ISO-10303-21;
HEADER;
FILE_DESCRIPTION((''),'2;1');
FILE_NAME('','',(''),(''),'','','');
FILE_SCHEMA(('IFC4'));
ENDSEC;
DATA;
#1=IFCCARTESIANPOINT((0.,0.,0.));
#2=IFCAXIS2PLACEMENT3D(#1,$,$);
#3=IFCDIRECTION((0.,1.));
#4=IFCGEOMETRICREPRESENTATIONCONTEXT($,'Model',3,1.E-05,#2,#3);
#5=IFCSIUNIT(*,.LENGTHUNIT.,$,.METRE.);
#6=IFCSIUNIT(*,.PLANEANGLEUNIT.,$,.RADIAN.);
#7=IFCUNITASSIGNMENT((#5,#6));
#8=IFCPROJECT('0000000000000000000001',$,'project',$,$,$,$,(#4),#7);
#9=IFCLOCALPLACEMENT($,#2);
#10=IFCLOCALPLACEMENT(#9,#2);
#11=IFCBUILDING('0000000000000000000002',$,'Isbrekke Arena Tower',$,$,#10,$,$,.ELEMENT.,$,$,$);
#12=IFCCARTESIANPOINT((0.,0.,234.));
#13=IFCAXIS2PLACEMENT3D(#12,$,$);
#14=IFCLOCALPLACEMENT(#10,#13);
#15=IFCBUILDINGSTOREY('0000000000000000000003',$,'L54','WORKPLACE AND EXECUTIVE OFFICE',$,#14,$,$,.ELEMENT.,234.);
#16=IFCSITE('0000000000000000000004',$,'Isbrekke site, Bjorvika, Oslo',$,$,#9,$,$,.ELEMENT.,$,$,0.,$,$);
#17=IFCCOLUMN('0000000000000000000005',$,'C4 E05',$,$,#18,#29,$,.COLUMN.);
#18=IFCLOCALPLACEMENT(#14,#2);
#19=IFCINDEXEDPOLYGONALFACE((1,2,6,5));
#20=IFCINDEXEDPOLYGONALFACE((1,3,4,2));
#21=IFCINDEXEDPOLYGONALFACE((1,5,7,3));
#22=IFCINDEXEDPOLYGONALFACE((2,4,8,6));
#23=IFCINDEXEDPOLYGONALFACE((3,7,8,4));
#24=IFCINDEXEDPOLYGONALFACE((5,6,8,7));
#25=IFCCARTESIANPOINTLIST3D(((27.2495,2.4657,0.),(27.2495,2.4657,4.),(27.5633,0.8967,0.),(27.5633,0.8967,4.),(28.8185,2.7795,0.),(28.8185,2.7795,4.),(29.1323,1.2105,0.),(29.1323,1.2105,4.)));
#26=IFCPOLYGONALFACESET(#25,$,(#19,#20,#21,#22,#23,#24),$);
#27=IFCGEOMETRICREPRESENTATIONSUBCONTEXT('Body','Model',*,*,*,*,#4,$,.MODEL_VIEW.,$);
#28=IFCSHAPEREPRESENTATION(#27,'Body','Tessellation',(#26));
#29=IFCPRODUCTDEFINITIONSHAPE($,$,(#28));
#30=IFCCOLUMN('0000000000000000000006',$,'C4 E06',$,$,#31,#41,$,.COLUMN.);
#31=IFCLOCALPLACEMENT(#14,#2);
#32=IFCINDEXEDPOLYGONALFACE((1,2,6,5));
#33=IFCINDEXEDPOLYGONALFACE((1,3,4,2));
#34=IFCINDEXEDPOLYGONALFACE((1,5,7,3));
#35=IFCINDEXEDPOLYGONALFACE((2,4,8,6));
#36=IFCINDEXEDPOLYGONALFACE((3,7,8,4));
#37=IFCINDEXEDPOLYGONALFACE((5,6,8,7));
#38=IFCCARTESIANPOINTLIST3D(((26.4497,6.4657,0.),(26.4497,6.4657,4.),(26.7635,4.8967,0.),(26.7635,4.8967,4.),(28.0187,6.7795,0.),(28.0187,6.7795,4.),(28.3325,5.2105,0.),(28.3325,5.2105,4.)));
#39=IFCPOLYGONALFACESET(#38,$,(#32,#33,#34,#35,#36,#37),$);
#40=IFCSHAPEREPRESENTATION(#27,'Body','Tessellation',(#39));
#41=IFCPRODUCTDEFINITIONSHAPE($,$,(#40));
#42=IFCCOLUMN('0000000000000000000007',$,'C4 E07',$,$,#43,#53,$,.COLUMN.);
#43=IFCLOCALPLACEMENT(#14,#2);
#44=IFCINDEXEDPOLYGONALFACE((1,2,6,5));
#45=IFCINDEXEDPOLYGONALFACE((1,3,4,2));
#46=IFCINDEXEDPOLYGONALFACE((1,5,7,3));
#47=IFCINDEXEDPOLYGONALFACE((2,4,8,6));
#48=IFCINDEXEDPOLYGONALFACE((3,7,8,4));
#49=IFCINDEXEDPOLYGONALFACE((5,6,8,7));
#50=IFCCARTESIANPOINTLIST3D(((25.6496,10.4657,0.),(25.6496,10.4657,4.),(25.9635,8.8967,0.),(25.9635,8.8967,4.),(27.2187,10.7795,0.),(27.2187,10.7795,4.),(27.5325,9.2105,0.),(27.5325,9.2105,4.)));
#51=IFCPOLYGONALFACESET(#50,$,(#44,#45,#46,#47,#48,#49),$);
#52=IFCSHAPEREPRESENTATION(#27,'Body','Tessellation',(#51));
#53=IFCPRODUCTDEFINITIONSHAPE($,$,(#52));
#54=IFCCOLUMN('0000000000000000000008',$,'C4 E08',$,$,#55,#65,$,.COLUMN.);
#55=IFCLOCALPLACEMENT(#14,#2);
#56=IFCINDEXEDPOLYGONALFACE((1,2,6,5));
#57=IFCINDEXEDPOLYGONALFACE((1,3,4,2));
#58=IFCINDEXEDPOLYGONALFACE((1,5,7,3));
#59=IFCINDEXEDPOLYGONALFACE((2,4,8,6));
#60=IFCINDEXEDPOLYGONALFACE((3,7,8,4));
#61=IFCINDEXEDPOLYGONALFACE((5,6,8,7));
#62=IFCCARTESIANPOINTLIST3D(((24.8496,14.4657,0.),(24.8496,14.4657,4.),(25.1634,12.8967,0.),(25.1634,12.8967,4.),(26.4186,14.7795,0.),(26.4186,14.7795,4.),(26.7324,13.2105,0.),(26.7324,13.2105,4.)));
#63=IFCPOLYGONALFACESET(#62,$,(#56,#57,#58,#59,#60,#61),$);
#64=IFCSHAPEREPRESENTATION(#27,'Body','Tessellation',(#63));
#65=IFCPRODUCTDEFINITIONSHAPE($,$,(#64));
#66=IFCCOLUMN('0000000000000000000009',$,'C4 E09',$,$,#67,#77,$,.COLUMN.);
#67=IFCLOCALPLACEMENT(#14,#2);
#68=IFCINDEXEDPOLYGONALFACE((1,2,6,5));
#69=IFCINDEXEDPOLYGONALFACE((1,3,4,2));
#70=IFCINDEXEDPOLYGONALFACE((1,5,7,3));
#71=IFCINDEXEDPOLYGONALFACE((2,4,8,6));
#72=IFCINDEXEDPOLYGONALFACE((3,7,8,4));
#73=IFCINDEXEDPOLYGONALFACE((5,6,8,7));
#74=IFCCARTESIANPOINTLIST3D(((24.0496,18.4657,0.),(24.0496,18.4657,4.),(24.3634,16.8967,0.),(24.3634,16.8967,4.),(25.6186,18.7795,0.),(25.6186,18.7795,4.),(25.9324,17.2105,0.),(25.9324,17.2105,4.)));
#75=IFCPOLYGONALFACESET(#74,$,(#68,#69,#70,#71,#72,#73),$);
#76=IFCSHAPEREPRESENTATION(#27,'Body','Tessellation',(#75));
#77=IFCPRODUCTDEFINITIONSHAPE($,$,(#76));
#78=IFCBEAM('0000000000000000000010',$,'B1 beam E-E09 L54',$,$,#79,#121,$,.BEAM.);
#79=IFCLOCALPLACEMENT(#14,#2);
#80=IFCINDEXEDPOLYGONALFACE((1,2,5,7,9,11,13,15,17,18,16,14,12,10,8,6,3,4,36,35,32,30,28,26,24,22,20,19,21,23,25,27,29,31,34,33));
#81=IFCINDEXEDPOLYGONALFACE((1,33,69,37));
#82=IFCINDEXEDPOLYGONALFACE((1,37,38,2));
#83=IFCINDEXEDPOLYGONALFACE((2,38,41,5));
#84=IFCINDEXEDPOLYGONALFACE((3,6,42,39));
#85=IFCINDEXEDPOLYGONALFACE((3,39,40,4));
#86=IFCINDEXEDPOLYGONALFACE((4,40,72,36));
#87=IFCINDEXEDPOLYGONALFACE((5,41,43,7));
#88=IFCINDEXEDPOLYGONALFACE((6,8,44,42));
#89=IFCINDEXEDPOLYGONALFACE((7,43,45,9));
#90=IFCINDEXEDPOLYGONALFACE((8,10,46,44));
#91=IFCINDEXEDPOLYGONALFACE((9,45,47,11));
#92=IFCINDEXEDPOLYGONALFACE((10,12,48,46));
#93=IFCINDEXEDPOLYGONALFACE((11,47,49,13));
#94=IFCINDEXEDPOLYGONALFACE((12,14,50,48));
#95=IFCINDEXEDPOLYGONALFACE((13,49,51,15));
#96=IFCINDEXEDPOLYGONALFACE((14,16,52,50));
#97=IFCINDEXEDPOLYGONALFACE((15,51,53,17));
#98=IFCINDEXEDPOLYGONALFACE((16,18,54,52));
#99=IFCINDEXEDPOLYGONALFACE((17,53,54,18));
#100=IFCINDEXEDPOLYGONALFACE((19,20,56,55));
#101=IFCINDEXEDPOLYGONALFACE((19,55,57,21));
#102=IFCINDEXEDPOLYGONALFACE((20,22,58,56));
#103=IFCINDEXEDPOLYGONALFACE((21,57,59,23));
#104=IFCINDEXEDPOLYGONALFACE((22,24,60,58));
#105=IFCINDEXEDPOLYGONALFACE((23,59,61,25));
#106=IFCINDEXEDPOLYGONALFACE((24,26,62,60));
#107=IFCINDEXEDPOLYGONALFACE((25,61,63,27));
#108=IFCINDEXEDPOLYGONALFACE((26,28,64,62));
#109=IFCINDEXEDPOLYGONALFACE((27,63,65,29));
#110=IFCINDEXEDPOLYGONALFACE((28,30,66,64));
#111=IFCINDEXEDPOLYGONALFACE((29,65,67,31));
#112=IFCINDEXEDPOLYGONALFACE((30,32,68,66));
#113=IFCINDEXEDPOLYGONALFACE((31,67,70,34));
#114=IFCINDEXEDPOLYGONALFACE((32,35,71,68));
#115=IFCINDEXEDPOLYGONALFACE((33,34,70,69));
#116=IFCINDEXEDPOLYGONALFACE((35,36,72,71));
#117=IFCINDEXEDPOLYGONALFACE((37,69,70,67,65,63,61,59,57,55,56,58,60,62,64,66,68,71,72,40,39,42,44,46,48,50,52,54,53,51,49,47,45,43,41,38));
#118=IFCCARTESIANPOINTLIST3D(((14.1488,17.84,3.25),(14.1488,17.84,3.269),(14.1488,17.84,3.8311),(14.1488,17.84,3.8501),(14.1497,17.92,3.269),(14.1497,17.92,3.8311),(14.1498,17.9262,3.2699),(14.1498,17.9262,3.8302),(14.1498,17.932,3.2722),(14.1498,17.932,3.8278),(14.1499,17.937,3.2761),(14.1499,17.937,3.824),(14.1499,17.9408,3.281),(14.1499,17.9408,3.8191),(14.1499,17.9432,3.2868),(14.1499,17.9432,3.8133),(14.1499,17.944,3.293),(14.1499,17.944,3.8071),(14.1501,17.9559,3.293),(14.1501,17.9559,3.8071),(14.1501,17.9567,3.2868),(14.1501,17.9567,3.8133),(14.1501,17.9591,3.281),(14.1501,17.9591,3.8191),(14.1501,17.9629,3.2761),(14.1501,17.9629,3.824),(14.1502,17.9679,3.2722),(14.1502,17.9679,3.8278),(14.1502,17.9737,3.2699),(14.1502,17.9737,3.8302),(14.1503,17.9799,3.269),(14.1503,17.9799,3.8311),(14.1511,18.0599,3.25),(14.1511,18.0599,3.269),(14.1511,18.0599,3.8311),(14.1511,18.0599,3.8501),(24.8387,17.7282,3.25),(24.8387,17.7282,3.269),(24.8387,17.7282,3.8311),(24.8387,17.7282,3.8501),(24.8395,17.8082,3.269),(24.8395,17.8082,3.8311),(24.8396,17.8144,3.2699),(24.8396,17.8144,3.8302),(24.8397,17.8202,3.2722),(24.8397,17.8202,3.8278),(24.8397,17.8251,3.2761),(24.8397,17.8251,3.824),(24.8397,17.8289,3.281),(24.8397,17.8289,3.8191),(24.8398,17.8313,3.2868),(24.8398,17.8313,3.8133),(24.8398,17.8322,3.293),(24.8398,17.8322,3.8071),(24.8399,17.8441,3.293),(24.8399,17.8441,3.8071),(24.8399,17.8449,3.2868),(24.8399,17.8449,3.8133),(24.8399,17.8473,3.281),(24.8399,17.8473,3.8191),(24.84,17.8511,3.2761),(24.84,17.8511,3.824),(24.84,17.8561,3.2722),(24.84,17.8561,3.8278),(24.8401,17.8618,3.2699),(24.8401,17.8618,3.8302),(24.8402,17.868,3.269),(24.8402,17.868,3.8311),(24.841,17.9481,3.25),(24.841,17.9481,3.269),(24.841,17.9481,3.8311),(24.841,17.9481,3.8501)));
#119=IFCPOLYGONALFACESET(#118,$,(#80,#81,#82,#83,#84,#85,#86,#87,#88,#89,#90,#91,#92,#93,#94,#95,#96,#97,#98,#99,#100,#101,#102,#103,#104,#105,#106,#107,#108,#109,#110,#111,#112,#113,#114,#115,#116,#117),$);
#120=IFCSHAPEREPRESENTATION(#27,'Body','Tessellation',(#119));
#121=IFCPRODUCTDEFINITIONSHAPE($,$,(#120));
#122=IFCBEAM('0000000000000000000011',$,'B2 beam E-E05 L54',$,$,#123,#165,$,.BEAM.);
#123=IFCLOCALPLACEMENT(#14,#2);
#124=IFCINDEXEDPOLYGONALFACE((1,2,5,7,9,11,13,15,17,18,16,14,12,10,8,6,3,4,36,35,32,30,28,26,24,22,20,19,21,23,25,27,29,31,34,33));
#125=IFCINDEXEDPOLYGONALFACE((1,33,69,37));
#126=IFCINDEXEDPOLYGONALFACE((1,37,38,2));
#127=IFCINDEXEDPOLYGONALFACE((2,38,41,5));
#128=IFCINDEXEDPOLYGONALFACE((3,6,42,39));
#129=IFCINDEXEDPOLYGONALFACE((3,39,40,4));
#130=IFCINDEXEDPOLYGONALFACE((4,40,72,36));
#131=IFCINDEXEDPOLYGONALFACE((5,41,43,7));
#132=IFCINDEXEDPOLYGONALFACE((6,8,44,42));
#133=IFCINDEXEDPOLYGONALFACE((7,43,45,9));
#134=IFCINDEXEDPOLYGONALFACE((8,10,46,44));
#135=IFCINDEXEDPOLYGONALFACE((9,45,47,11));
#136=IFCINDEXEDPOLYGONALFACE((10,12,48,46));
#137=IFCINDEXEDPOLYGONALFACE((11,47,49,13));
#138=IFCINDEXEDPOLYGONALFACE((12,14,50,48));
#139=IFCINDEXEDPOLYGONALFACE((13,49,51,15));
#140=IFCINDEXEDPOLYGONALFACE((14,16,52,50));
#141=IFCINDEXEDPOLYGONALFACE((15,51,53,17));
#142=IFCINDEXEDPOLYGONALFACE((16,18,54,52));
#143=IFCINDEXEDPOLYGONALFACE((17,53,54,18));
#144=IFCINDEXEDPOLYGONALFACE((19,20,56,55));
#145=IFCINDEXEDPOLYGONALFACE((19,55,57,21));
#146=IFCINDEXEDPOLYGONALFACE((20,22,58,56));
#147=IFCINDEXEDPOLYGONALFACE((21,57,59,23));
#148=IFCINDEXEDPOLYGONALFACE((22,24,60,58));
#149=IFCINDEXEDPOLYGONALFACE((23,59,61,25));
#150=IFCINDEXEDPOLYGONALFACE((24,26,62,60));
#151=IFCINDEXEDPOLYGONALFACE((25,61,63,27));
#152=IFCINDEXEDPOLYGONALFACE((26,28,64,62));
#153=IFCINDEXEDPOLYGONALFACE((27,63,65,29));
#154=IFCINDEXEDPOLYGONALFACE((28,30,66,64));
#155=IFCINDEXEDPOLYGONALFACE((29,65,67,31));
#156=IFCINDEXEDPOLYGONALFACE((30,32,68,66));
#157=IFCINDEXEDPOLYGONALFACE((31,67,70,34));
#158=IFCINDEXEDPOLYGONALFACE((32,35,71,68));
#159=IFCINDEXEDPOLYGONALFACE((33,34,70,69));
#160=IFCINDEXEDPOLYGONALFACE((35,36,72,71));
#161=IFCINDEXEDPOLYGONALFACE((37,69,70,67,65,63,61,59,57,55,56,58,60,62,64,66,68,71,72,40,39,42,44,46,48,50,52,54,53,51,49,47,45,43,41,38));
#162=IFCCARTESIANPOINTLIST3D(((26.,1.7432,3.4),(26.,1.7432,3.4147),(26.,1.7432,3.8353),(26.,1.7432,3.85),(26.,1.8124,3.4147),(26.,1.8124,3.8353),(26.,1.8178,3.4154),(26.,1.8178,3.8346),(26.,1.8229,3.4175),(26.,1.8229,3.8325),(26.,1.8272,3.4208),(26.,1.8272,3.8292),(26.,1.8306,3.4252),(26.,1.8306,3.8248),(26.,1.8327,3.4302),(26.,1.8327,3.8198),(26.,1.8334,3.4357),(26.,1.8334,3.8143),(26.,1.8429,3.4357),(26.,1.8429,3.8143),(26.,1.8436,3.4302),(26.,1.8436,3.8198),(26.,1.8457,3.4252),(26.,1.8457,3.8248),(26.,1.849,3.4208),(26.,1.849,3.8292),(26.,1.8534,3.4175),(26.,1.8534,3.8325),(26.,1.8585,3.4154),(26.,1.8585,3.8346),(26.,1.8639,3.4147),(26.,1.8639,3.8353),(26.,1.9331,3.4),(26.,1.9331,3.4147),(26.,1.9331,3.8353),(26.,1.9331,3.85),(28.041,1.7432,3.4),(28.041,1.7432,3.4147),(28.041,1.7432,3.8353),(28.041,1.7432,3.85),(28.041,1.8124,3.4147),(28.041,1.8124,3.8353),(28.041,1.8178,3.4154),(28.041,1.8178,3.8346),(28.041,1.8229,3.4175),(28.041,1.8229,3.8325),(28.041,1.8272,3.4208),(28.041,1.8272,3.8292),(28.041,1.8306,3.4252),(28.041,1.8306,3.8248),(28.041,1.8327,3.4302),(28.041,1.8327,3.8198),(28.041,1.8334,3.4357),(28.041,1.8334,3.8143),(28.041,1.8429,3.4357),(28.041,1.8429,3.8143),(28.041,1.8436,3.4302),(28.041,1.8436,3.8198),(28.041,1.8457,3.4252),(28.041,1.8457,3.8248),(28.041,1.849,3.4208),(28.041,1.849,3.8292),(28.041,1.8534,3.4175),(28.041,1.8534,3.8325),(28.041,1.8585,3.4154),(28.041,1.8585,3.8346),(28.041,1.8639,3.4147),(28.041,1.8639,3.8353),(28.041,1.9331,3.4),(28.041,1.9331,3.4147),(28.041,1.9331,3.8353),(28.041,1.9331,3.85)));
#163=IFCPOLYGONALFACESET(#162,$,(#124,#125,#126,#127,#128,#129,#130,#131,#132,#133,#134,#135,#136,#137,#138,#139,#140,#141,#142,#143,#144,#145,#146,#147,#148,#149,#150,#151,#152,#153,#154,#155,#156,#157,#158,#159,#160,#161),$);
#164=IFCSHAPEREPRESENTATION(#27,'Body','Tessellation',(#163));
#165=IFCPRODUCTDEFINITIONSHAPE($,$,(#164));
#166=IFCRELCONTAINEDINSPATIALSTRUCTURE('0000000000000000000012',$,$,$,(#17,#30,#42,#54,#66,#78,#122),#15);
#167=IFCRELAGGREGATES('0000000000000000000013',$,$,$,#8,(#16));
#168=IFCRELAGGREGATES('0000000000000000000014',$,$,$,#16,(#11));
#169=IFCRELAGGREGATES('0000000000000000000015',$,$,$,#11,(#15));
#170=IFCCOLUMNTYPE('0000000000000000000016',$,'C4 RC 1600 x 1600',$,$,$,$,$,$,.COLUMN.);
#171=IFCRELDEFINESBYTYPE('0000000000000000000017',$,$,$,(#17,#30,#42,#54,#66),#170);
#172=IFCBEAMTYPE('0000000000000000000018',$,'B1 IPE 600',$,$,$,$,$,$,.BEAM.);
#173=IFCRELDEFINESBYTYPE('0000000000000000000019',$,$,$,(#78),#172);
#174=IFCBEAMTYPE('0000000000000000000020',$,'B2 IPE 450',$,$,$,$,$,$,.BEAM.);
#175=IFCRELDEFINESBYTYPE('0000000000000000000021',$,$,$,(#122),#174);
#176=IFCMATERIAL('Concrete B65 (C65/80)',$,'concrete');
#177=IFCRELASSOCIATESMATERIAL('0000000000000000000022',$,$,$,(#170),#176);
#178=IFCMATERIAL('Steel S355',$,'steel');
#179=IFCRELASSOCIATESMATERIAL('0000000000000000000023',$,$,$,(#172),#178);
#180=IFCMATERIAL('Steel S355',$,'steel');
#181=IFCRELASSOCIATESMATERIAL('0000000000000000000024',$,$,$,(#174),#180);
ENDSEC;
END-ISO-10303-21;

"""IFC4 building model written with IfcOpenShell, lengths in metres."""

from ifc_helpers import new_model, si_unit, direction, frame, origin, origin_2d, place, context, subcontext, project, spatial, rectangle, i_section, extrude, material, material_profile, profile_set, type_object, element, save


model = new_model("IFC4")

# Units and contexts
model_context = context("Model", 3, precision=1e-05, world=origin(), true_north=direction((0.0, 1.0)))
body_context = subcontext(model_context, "Body", "Model", "MODEL_VIEW")
ifc_project = project(units=[si_unit("LENGTHUNIT", "METRE"), si_unit("PLANEANGLEUNIT", "RADIAN")], contexts=[model_context])

# Site, building, storey
site_placement = place(None, origin())
site = spatial("IfcSite", under=ifc_project, at=site_placement, Name="Isbrekke site, Bjorvika, Oslo", CompositionType="ELEMENT", RefElevation=0.0)
building_placement = place(site_placement, origin())
building = spatial("IfcBuilding", under=site, at=building_placement, Name="Isbrekke Arena Tower", CompositionType="ELEMENT")
storey_placement = place(building_placement, frame((0.0, 0.0, 234.0)))
storey = spatial("IfcBuildingStorey", under=building, at=storey_placement, Name="L54", Description="WORKPLACE AND EXECUTIVE OFFICE", CompositionType="ELEMENT", Elevation=234.0)

# Columns
ifc_material_1 = material(Name="Concrete B65 (C65/80)", Category="concrete")
ifc_material_profile_1 = material_profile(ifc_material_1, rectangle(XDim=1.6001, YDim=1.6001, at=origin_2d()), Name="RC 1600x1600")
ifc_profile_set_1 = profile_set([ifc_material_profile_1], Name="Concrete B65 (C65/80)")
column_type = type_object("IfcColumnType", Name="C4 RC 1600 x 1600", PredefinedType="COLUMN", material=ifc_profile_set_1)
for number, where, z_axis, x_axis, name in (
    (1, (28.1909, 1.8381, 0.0), (0.0, 0.0, 1.0), (-0.196116, 0.980581, 0.0), "C4 E05"),
    (2, (27.3911, 5.8381, 0.0), (0.0, 0.0, 1.0), (-0.196116, 0.980581, 0.0), "C4 E06"),
    (3, (26.5911, 9.8381, 0.0), (0.0, 0.0, 1.0), (-0.196116, 0.980581, 0.0), "C4 E07"),
    (4, (25.791, 13.8381, 0.0), (0.0, 0.0, 1.0), (-0.196116, 0.980581, 0.0), "C4 E08"),
    (5, (24.991, 17.8381, 0.0), (0.0, 0.0, 1.0), (-0.196116, 0.980581, 0.0), "C4 E09"),
):
    element("IfcColumn", number, at=place(storey_placement, frame(where, z_axis=z_axis, x_axis=x_axis)), inside=storey, type_object=column_type, Name=name, PredefinedType="COLUMN", context=body_context, shape_type="SweptSolid", body=[
        extrude(rectangle(XDim=1.6001, YDim=1.6001, at=origin_2d()), origin(), (0.0, 0.0, 1.0), 4.0),
    ])

# Beams
ifc_material_2 = material(Name="Steel S355", Category="steel")
ifc_material_profile_2 = material_profile(ifc_material_2, i_section(OverallWidth=0.22, OverallDepth=0.6001, WebThickness=0.012, FlangeThickness=0.019, FilletRadius=0.0239, at=origin_2d()), Name="IPE 600")
ifc_profile_set_2 = profile_set([ifc_material_profile_2], Name="Steel S355")
beam_type_1 = type_object("IfcBeamType", Name="B1 IPE 600", PredefinedType="BEAM", material=ifc_profile_set_2)
beam_1_placement = place(storey_placement, frame((24.8398, 17.8381, 3.55), z_axis=(-0.999945, 0.010459, 0.0), x_axis=(-0.010459, -0.999945, 0.0)))
element("IfcBeam", 6, at=beam_1_placement, inside=storey, type_object=beam_type_1, Name="B1 beam E-E09 L54", PredefinedType="BEAM", context=body_context, shape_type="SweptSolid", body=[
    extrude(i_section(OverallWidth=0.22, OverallDepth=0.6001, WebThickness=0.012, FlangeThickness=0.019, FilletRadius=0.0239, at=origin_2d()), origin(), (0.0, 0.0, 1.0), 10.6904),
])
ifc_material_3 = material(Name="Steel S355", Category="steel")
ifc_material_profile_3 = material_profile(ifc_material_3, i_section(OverallWidth=0.1899, OverallDepth=0.45, WebThickness=0.0095, FlangeThickness=0.0146, FilletRadius=0.021, at=origin_2d()), Name="IPE 450")
ifc_profile_set_3 = profile_set([ifc_material_profile_3], Name="Steel S355")
beam_type_2 = type_object("IfcBeamType", Name="B2 IPE 450", PredefinedType="BEAM", material=ifc_profile_set_3)
beam_2_placement = place(storey_placement, frame((28.041, 1.8381, 3.625), z_axis=(-1.0, 0.0, 0.0), x_axis=(0.0, -1.0, 0.0)))
element("IfcBeam", 7, at=beam_2_placement, inside=storey, type_object=beam_type_2, Name="B2 beam E-E05 L54", PredefinedType="BEAM", context=body_context, shape_type="SweptSolid", body=[
    extrude(i_section(OverallWidth=0.1899, OverallDepth=0.45, WebThickness=0.0095, FlangeThickness=0.0146, FilletRadius=0.021, at=origin_2d()), origin(), (0.0, 0.0, 1.0), 2.041),
])

save(model, "model.ifc")
